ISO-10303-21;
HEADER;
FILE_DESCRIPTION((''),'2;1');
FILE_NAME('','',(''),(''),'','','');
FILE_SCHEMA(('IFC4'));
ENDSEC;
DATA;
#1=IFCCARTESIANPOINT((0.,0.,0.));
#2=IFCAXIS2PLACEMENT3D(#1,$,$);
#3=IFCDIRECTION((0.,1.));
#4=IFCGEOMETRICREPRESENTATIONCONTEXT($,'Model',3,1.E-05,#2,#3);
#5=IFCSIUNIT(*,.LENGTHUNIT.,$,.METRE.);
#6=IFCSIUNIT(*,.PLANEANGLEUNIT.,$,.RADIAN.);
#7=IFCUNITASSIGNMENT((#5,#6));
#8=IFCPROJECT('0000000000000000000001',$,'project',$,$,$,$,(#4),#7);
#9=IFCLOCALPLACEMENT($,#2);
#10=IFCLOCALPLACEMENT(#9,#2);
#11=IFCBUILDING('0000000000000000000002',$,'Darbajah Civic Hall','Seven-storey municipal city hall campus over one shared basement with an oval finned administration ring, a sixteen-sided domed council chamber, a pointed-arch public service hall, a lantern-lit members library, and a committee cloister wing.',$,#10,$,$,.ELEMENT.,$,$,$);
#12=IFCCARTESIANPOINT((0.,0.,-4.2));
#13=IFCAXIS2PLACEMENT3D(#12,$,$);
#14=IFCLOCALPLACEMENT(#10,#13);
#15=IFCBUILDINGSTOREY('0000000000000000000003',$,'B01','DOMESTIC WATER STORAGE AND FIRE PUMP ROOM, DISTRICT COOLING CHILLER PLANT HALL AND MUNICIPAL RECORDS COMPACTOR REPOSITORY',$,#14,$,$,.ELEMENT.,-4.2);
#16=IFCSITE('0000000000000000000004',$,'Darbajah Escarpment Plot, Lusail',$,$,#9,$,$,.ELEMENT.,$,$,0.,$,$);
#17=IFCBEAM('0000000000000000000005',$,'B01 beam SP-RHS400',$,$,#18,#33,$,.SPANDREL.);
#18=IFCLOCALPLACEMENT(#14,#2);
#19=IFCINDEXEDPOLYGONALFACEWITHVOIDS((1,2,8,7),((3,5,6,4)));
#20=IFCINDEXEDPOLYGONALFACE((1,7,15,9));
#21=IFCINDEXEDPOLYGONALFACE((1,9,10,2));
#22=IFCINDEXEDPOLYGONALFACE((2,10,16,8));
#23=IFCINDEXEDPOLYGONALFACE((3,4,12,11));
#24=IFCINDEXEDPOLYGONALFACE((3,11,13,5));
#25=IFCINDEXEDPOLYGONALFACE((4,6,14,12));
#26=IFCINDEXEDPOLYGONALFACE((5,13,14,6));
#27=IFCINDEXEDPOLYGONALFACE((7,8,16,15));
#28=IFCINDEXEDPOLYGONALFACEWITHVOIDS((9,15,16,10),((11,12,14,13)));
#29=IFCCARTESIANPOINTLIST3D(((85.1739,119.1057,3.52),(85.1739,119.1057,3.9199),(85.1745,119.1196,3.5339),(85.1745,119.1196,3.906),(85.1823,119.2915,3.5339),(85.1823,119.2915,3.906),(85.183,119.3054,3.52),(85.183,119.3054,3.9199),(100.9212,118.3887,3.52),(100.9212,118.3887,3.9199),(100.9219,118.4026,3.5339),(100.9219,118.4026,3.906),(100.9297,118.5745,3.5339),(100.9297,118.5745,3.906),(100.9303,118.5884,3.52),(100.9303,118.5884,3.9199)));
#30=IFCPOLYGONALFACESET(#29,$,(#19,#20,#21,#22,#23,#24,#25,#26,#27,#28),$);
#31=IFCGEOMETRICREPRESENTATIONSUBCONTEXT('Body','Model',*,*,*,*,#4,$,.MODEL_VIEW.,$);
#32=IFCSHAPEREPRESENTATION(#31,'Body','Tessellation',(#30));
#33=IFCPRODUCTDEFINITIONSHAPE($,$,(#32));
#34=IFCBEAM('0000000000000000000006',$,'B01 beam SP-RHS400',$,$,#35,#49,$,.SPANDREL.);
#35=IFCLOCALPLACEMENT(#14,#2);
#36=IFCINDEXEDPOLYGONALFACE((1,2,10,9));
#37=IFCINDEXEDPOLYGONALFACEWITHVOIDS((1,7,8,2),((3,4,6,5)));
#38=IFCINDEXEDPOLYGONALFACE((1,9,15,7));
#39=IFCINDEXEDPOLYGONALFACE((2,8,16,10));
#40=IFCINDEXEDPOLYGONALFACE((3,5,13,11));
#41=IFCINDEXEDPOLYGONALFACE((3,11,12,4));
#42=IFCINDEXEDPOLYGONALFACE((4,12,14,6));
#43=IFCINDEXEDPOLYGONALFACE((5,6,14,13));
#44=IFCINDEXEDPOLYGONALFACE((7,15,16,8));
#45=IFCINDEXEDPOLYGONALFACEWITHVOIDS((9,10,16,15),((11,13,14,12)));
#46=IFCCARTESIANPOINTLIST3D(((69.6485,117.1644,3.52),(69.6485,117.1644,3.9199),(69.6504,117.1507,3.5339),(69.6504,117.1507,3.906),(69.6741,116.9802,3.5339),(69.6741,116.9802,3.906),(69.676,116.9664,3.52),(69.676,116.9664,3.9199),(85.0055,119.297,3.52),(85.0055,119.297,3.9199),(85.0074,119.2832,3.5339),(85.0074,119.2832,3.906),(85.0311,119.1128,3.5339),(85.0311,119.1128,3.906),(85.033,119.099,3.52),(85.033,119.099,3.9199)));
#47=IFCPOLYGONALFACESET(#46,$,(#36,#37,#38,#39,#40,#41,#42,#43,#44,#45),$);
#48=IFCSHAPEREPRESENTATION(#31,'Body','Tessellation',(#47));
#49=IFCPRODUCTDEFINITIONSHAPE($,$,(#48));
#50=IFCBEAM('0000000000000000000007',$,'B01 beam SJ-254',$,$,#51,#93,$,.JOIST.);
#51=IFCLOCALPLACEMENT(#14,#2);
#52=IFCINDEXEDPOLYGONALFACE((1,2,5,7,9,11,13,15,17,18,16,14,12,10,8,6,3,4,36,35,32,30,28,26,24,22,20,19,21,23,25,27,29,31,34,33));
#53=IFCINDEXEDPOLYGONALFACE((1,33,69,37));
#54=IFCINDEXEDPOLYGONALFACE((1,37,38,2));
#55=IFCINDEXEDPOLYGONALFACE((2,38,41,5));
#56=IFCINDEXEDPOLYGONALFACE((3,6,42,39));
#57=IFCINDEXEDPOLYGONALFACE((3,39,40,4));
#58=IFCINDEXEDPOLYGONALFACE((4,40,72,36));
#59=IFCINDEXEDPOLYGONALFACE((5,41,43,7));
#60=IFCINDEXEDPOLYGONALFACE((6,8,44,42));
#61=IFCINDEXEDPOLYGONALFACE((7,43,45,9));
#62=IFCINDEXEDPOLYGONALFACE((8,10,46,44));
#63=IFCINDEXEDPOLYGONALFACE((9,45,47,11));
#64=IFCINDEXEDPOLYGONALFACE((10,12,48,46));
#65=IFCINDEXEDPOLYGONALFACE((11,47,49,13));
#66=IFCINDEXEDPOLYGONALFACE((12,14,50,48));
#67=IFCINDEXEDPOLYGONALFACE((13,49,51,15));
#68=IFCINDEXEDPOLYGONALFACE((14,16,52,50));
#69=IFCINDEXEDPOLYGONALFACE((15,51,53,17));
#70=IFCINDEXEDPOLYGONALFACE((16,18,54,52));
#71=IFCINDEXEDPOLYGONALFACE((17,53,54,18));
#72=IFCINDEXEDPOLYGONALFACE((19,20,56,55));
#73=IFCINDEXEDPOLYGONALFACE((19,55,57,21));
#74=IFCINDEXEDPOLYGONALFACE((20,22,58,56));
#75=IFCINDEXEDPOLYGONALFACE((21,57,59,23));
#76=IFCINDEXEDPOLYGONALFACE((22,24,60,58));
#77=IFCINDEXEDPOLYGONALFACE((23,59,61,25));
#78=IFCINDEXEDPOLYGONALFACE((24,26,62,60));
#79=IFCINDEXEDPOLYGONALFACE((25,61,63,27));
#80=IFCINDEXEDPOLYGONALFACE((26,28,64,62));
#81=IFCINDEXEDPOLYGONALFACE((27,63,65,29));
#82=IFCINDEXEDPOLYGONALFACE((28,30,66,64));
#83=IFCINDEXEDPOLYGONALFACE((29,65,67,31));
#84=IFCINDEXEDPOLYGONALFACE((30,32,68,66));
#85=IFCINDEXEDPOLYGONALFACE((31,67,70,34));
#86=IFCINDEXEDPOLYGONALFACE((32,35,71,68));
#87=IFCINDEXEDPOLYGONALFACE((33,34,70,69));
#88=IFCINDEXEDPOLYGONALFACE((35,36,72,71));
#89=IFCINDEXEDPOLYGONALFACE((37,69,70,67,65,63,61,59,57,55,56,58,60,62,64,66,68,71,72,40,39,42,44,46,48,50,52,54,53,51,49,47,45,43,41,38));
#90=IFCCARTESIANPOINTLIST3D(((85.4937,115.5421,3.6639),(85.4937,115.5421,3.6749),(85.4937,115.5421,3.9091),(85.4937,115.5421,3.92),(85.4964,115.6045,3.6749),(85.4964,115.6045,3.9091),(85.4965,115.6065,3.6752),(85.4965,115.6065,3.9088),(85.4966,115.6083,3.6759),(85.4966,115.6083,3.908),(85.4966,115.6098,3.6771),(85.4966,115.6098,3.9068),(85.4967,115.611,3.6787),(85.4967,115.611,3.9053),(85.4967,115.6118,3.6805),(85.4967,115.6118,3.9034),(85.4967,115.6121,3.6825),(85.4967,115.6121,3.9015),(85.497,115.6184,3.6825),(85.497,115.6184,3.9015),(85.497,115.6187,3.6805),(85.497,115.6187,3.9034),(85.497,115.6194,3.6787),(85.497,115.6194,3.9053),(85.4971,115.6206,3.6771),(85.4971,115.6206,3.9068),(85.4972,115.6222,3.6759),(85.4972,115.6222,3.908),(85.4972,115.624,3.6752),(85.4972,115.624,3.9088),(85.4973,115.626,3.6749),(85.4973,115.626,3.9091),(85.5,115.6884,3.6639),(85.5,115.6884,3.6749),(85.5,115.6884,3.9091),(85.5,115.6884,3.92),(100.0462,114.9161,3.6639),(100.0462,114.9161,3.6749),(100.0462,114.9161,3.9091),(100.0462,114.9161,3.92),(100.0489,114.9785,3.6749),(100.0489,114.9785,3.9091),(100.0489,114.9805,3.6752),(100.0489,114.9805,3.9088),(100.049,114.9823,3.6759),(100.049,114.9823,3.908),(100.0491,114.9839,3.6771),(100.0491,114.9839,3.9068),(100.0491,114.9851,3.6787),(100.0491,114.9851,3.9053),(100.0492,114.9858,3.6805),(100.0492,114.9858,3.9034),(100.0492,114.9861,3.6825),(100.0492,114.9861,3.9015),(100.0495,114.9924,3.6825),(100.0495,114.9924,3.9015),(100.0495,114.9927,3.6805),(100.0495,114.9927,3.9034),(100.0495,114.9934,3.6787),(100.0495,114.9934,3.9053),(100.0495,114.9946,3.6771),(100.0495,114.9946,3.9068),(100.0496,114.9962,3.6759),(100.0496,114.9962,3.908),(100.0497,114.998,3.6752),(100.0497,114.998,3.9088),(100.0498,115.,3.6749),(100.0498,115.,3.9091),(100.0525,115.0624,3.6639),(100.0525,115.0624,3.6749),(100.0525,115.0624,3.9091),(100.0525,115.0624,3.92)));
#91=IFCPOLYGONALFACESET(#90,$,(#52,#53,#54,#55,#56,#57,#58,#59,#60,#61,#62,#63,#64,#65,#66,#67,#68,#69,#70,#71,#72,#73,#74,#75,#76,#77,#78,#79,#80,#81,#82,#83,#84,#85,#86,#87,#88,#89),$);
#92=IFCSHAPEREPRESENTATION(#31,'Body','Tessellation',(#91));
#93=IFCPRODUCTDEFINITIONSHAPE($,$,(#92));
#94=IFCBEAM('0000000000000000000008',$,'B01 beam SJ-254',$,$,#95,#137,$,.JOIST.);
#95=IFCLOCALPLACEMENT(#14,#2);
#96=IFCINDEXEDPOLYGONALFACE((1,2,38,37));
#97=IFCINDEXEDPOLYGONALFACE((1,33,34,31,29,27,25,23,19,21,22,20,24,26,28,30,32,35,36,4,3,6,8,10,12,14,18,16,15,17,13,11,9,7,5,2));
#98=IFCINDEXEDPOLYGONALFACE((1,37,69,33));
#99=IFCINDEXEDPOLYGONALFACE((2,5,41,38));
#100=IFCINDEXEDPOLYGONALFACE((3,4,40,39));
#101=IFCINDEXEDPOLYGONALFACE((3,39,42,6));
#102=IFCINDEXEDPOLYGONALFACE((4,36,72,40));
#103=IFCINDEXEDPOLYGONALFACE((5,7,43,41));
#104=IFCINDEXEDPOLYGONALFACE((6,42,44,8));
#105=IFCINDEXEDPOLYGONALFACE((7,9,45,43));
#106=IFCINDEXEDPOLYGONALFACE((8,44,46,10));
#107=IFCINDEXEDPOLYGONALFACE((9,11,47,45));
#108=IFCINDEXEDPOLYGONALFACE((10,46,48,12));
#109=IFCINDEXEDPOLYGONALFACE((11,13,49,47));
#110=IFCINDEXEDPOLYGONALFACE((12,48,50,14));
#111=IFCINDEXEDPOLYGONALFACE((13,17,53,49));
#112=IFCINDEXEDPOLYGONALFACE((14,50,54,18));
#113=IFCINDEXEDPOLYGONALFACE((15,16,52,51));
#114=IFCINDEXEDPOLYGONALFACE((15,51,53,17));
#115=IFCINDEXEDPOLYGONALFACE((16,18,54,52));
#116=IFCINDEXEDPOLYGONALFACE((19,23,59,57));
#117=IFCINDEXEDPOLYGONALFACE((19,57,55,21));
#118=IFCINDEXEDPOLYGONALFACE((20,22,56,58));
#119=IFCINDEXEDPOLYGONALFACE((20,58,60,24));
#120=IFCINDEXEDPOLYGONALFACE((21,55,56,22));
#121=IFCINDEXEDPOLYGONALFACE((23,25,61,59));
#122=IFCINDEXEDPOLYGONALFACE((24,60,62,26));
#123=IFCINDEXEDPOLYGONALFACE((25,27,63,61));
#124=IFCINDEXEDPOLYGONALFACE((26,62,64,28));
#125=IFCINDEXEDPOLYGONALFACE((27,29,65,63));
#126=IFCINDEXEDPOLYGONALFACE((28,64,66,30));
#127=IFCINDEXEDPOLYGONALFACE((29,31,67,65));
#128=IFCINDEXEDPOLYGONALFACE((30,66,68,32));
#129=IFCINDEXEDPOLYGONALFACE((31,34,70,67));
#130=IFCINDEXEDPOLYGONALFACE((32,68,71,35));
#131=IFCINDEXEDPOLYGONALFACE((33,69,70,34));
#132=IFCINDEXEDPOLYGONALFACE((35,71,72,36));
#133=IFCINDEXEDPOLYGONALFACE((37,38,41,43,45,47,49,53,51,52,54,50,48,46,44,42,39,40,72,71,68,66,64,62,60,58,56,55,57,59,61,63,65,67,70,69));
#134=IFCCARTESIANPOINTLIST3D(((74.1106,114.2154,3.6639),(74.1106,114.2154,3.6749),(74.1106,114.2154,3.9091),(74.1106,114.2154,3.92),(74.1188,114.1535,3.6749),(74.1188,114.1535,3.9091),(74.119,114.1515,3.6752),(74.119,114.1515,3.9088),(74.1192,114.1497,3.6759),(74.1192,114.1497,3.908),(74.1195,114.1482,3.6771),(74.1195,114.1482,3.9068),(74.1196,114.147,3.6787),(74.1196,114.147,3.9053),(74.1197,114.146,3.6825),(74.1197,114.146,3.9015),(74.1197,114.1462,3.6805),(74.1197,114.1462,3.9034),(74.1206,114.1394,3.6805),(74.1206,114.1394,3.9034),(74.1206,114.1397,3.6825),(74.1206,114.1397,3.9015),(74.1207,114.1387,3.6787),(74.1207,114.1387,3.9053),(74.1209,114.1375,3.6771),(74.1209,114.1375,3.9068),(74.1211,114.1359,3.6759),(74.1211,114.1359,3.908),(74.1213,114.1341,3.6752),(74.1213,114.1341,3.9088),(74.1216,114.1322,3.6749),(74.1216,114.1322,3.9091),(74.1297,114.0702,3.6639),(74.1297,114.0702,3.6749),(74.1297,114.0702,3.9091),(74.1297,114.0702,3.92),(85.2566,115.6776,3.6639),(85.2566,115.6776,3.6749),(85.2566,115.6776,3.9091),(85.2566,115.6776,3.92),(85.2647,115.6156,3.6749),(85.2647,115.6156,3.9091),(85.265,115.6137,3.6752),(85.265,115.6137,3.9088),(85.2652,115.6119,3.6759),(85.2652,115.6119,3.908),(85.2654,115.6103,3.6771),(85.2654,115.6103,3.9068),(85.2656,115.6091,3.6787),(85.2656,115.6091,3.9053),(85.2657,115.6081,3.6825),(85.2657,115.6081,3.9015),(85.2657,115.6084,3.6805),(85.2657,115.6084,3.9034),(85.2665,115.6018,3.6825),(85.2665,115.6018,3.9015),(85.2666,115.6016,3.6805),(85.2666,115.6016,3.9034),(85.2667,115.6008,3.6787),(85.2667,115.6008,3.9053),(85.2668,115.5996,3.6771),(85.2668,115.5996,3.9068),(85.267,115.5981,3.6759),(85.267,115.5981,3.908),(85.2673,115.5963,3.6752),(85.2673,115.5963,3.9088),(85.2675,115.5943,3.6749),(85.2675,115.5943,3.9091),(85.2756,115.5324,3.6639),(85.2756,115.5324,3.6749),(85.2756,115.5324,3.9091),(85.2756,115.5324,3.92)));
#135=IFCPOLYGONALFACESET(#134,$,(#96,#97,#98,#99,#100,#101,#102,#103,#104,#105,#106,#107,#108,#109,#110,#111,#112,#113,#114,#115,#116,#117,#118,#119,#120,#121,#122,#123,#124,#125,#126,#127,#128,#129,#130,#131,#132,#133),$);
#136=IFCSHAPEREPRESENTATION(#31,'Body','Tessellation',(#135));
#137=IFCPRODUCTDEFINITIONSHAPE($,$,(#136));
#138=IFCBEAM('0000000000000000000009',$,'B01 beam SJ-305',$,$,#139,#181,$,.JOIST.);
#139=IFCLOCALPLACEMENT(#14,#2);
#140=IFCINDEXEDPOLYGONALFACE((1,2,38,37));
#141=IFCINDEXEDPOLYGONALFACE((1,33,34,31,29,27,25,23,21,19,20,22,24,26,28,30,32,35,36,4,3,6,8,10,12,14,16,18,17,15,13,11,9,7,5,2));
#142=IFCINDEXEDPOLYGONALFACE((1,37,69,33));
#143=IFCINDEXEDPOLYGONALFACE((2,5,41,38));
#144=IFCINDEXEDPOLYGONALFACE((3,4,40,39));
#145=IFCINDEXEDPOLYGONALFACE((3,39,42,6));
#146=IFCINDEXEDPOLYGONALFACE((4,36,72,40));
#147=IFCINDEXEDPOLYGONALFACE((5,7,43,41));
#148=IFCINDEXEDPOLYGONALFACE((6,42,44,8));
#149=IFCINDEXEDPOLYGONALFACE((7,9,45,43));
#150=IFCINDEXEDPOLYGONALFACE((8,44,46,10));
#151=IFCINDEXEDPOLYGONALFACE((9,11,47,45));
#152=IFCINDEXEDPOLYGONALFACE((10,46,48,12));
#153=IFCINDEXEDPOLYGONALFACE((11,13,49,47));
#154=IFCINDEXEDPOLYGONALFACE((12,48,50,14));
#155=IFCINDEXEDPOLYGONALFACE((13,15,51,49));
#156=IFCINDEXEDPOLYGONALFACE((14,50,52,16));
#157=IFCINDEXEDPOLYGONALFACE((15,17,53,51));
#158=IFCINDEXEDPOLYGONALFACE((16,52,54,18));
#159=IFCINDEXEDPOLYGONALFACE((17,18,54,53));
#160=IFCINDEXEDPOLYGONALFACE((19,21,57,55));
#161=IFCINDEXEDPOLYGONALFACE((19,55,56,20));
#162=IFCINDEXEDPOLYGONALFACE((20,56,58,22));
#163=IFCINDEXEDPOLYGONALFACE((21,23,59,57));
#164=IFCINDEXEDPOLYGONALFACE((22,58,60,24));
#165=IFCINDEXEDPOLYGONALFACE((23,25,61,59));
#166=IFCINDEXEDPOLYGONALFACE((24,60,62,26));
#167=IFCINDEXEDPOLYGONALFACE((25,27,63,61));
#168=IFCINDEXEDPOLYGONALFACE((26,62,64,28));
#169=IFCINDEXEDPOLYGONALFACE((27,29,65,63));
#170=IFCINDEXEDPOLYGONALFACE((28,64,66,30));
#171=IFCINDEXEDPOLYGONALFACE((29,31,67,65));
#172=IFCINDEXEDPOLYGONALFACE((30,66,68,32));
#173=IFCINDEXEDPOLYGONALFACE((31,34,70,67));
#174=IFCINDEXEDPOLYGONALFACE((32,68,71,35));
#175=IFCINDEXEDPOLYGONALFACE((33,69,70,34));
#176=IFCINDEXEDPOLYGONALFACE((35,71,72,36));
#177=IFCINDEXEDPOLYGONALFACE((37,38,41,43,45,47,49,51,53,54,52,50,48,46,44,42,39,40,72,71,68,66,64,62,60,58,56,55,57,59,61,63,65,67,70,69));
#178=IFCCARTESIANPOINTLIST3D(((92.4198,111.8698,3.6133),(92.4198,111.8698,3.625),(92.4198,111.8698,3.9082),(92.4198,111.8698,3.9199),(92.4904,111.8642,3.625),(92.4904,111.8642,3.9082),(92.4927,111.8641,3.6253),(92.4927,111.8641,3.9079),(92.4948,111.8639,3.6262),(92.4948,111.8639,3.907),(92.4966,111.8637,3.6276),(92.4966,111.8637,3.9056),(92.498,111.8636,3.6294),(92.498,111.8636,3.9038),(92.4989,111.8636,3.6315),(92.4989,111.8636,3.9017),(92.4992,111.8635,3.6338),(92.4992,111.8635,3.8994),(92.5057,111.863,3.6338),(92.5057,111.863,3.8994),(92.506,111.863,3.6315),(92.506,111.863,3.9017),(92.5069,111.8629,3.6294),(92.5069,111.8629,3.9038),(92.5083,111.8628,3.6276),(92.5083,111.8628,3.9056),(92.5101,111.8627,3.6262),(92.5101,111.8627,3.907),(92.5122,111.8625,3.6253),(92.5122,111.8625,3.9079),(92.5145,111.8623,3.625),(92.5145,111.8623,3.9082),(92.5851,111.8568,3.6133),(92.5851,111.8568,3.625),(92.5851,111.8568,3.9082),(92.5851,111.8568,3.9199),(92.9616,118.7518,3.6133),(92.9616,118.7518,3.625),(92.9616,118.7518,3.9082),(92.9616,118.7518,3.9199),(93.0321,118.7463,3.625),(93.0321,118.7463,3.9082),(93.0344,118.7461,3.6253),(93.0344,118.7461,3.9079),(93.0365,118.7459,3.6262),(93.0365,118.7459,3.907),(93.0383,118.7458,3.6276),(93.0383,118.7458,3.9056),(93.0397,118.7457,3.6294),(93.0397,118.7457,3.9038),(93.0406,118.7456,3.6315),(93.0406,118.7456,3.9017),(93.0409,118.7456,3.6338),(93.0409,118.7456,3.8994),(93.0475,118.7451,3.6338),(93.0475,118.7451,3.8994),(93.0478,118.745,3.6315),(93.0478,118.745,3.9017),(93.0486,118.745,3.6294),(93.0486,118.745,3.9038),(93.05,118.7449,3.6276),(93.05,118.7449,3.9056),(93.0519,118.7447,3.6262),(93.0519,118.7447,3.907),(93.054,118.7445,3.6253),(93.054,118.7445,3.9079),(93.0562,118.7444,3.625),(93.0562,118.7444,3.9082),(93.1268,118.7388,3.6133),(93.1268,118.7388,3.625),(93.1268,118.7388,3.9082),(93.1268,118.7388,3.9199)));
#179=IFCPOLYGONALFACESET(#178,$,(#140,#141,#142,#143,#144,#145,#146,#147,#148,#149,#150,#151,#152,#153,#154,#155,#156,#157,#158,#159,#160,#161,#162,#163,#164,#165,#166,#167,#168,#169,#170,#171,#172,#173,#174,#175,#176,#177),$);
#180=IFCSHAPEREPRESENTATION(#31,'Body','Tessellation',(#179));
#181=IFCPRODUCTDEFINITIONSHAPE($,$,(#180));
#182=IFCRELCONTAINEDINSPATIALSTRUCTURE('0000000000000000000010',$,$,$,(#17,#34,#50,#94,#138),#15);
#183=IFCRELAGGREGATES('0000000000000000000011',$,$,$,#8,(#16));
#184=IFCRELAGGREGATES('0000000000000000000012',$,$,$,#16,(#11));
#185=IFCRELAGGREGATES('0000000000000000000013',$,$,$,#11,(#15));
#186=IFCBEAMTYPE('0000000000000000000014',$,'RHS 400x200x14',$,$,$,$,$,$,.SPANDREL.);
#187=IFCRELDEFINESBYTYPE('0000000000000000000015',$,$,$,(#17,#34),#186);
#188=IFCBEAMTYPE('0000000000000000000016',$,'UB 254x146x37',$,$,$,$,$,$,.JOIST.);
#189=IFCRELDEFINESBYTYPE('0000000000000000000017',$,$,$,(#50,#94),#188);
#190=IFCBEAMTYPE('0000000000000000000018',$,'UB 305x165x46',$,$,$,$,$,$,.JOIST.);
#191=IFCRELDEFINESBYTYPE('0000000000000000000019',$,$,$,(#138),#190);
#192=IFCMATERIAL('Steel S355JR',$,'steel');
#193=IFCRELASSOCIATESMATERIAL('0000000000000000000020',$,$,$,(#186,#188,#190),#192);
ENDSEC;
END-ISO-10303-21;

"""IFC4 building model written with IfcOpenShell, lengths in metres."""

from ifc_helpers import new_model, si_unit, direction, frame, origin, origin_2d, place, context, subcontext, project, spatial, hollow_rectangle, i_section, extrude, material, material_profile, profile_set, type_object, element, save


model = new_model("IFC4")

# Units and contexts
model_context = context("Model", 3, precision=1e-05, world=origin(), true_north=direction((0.0, 1.0)))
body_context = subcontext(model_context, "Body", "Model", "MODEL_VIEW")
ifc_project = project(units=[si_unit("LENGTHUNIT", "METRE"), si_unit("PLANEANGLEUNIT", "RADIAN")], contexts=[model_context])

# Site, building, storey
site_placement = place(None, origin())
site = spatial("IfcSite", under=ifc_project, at=site_placement, Name="Darbajah Escarpment Plot, Lusail", CompositionType="ELEMENT", RefElevation=0.0)
building_placement = place(site_placement, origin())
building = spatial("IfcBuilding", under=site, at=building_placement, Name="Darbajah Civic Hall", Description="Seven-storey municipal city hall campus over one shared basement with an oval finned administration ring, a sixteen-sided domed council chamber, a pointed-arch public service hall, a lantern-lit members library, and a committee cloister wing.", CompositionType="ELEMENT")
storey_placement = place(building_placement, frame((0.0, 0.0, -4.2)))
storey = spatial("IfcBuildingStorey", under=building, at=storey_placement, Name="B01", Description="DOMESTIC WATER STORAGE AND FIRE PUMP ROOM, DISTRICT COOLING CHILLER PLANT HALL AND MUNICIPAL RECORDS COMPACTOR REPOSITORY", CompositionType="ELEMENT", Elevation=-4.2)

# Beams
ifc_material_1 = material(Name="Steel S355JR", Category="steel")
ifc_material_profile_1 = material_profile(ifc_material_1, hollow_rectangle(XDim=0.2, YDim=0.3999, WallThickness=0.0139, at=origin_2d()), Name="RHS 400x200x14")
ifc_profile_set_1 = profile_set([ifc_material_profile_1], Name="Steel S355JR")
beam_type_1 = type_object("IfcBeamType", Name="RHS 400x200x14", PredefinedType="SPANDREL", material=ifc_profile_set_1)
beam_1_placement = place(storey_placement, frame((100.9258, 118.4885, 3.72), z_axis=(-0.998965, 0.045487, 0.0), x_axis=(-0.045487, -0.998965, 0.0)))
element("IfcBeam", 1, at=beam_1_placement, inside=storey, type_object=beam_type_1, Name="B01 beam SP-RHS400", PredefinedType="SPANDREL", context=body_context, shape_type="SweptSolid", body=[
    extrude(hollow_rectangle(XDim=0.2, YDim=0.3999, WallThickness=0.0139, at=origin_2d()), origin(), (0.0, 0.0, 1.0), 15.7637),
])
beam_2_placement = place(storey_placement, frame((85.0193, 119.198, 3.72), z_axis=(-0.990495, -0.137547, 0.0), x_axis=(0.137547, -0.990495, 0.0)))
element("IfcBeam", 2, at=beam_2_placement, inside=storey, type_object=beam_type_1, Name="B01 beam SP-RHS400", PredefinedType="SPANDREL", context=body_context, shape_type="SweptSolid", body=[
    extrude(hollow_rectangle(XDim=0.2, YDim=0.3999, WallThickness=0.0139, at=origin_2d()), origin(), (0.0, 0.0, 1.0), 15.5044),
])
ifc_material_profile_2 = material_profile(ifc_material_1, i_section(OverallWidth=0.1465, OverallDepth=0.2561, WebThickness=0.0063, FlangeThickness=0.011, FilletRadius=0.0076, at=origin_2d()), Name="UB 254x146x37")
ifc_profile_set_2 = profile_set([ifc_material_profile_2], Name="Steel S355JR")
beam_type_2 = type_object("IfcBeamType", Name="UB 254x146x37", PredefinedType="JOIST", material=ifc_profile_set_2)
beam_3_placement = place(storey_placement, frame((100.0493, 114.9893, 3.792), z_axis=(-0.999076, 0.042975, 0.0), x_axis=(-0.042975, -0.999076, 0.0)))
element("IfcBeam", 3, at=beam_3_placement, inside=storey, type_object=beam_type_2, Name="B01 beam SJ-254", PredefinedType="JOIST", context=body_context, shape_type="SweptSolid", body=[
    extrude(i_section(OverallWidth=0.1465, OverallDepth=0.2561, WebThickness=0.0063, FlangeThickness=0.011, FilletRadius=0.0076, at=origin_2d()), origin(), (0.0, 0.0, 1.0), 14.5659),
])
beam_4_placement = place(storey_placement, frame((85.2661, 115.605, 3.792), z_axis=(-0.991505, -0.130068, 0.0), x_axis=(0.130068, -0.991505, 0.0)))
element("IfcBeam", 4, at=beam_4_placement, inside=storey, type_object=beam_type_2, Name="B01 beam SJ-254", PredefinedType="JOIST", context=body_context, shape_type="SweptSolid", body=[
    extrude(i_section(OverallWidth=0.1465, OverallDepth=0.2561, WebThickness=0.0063, FlangeThickness=0.011, FilletRadius=0.0076, at=origin_2d()), origin(), (0.0, 0.0, 1.0), 11.2415),
])
ifc_material_profile_3 = material_profile(ifc_material_1, i_section(OverallWidth=0.1658, OverallDepth=0.3066, WebThickness=0.0066, FlangeThickness=0.0117, FilletRadius=0.0088, at=origin_2d()), Name="UB 305x165x46")
ifc_profile_set_3 = profile_set([ifc_material_profile_3], Name="Steel S355JR")
beam_type_3 = type_object("IfcBeamType", Name="UB 305x165x46", PredefinedType="JOIST", material=ifc_profile_set_3)
beam_5_placement = place(storey_placement, frame((92.5024, 111.8633, 3.7666), z_axis=(0.078476, 0.996916, 0.0), x_axis=(-0.996916, 0.078476, 0.0)))
element("IfcBeam", 5, at=beam_5_placement, inside=storey, type_object=beam_type_3, Name="B01 beam SJ-305", PredefinedType="JOIST", context=body_context, shape_type="SweptSolid", body=[
    extrude(i_section(OverallWidth=0.1658, OverallDepth=0.3066, WebThickness=0.0066, FlangeThickness=0.0117, FilletRadius=0.0088, at=origin_2d()), origin(), (0.0, 0.0, 1.0), 6.9033),
])

save(model, "model.ifc")
